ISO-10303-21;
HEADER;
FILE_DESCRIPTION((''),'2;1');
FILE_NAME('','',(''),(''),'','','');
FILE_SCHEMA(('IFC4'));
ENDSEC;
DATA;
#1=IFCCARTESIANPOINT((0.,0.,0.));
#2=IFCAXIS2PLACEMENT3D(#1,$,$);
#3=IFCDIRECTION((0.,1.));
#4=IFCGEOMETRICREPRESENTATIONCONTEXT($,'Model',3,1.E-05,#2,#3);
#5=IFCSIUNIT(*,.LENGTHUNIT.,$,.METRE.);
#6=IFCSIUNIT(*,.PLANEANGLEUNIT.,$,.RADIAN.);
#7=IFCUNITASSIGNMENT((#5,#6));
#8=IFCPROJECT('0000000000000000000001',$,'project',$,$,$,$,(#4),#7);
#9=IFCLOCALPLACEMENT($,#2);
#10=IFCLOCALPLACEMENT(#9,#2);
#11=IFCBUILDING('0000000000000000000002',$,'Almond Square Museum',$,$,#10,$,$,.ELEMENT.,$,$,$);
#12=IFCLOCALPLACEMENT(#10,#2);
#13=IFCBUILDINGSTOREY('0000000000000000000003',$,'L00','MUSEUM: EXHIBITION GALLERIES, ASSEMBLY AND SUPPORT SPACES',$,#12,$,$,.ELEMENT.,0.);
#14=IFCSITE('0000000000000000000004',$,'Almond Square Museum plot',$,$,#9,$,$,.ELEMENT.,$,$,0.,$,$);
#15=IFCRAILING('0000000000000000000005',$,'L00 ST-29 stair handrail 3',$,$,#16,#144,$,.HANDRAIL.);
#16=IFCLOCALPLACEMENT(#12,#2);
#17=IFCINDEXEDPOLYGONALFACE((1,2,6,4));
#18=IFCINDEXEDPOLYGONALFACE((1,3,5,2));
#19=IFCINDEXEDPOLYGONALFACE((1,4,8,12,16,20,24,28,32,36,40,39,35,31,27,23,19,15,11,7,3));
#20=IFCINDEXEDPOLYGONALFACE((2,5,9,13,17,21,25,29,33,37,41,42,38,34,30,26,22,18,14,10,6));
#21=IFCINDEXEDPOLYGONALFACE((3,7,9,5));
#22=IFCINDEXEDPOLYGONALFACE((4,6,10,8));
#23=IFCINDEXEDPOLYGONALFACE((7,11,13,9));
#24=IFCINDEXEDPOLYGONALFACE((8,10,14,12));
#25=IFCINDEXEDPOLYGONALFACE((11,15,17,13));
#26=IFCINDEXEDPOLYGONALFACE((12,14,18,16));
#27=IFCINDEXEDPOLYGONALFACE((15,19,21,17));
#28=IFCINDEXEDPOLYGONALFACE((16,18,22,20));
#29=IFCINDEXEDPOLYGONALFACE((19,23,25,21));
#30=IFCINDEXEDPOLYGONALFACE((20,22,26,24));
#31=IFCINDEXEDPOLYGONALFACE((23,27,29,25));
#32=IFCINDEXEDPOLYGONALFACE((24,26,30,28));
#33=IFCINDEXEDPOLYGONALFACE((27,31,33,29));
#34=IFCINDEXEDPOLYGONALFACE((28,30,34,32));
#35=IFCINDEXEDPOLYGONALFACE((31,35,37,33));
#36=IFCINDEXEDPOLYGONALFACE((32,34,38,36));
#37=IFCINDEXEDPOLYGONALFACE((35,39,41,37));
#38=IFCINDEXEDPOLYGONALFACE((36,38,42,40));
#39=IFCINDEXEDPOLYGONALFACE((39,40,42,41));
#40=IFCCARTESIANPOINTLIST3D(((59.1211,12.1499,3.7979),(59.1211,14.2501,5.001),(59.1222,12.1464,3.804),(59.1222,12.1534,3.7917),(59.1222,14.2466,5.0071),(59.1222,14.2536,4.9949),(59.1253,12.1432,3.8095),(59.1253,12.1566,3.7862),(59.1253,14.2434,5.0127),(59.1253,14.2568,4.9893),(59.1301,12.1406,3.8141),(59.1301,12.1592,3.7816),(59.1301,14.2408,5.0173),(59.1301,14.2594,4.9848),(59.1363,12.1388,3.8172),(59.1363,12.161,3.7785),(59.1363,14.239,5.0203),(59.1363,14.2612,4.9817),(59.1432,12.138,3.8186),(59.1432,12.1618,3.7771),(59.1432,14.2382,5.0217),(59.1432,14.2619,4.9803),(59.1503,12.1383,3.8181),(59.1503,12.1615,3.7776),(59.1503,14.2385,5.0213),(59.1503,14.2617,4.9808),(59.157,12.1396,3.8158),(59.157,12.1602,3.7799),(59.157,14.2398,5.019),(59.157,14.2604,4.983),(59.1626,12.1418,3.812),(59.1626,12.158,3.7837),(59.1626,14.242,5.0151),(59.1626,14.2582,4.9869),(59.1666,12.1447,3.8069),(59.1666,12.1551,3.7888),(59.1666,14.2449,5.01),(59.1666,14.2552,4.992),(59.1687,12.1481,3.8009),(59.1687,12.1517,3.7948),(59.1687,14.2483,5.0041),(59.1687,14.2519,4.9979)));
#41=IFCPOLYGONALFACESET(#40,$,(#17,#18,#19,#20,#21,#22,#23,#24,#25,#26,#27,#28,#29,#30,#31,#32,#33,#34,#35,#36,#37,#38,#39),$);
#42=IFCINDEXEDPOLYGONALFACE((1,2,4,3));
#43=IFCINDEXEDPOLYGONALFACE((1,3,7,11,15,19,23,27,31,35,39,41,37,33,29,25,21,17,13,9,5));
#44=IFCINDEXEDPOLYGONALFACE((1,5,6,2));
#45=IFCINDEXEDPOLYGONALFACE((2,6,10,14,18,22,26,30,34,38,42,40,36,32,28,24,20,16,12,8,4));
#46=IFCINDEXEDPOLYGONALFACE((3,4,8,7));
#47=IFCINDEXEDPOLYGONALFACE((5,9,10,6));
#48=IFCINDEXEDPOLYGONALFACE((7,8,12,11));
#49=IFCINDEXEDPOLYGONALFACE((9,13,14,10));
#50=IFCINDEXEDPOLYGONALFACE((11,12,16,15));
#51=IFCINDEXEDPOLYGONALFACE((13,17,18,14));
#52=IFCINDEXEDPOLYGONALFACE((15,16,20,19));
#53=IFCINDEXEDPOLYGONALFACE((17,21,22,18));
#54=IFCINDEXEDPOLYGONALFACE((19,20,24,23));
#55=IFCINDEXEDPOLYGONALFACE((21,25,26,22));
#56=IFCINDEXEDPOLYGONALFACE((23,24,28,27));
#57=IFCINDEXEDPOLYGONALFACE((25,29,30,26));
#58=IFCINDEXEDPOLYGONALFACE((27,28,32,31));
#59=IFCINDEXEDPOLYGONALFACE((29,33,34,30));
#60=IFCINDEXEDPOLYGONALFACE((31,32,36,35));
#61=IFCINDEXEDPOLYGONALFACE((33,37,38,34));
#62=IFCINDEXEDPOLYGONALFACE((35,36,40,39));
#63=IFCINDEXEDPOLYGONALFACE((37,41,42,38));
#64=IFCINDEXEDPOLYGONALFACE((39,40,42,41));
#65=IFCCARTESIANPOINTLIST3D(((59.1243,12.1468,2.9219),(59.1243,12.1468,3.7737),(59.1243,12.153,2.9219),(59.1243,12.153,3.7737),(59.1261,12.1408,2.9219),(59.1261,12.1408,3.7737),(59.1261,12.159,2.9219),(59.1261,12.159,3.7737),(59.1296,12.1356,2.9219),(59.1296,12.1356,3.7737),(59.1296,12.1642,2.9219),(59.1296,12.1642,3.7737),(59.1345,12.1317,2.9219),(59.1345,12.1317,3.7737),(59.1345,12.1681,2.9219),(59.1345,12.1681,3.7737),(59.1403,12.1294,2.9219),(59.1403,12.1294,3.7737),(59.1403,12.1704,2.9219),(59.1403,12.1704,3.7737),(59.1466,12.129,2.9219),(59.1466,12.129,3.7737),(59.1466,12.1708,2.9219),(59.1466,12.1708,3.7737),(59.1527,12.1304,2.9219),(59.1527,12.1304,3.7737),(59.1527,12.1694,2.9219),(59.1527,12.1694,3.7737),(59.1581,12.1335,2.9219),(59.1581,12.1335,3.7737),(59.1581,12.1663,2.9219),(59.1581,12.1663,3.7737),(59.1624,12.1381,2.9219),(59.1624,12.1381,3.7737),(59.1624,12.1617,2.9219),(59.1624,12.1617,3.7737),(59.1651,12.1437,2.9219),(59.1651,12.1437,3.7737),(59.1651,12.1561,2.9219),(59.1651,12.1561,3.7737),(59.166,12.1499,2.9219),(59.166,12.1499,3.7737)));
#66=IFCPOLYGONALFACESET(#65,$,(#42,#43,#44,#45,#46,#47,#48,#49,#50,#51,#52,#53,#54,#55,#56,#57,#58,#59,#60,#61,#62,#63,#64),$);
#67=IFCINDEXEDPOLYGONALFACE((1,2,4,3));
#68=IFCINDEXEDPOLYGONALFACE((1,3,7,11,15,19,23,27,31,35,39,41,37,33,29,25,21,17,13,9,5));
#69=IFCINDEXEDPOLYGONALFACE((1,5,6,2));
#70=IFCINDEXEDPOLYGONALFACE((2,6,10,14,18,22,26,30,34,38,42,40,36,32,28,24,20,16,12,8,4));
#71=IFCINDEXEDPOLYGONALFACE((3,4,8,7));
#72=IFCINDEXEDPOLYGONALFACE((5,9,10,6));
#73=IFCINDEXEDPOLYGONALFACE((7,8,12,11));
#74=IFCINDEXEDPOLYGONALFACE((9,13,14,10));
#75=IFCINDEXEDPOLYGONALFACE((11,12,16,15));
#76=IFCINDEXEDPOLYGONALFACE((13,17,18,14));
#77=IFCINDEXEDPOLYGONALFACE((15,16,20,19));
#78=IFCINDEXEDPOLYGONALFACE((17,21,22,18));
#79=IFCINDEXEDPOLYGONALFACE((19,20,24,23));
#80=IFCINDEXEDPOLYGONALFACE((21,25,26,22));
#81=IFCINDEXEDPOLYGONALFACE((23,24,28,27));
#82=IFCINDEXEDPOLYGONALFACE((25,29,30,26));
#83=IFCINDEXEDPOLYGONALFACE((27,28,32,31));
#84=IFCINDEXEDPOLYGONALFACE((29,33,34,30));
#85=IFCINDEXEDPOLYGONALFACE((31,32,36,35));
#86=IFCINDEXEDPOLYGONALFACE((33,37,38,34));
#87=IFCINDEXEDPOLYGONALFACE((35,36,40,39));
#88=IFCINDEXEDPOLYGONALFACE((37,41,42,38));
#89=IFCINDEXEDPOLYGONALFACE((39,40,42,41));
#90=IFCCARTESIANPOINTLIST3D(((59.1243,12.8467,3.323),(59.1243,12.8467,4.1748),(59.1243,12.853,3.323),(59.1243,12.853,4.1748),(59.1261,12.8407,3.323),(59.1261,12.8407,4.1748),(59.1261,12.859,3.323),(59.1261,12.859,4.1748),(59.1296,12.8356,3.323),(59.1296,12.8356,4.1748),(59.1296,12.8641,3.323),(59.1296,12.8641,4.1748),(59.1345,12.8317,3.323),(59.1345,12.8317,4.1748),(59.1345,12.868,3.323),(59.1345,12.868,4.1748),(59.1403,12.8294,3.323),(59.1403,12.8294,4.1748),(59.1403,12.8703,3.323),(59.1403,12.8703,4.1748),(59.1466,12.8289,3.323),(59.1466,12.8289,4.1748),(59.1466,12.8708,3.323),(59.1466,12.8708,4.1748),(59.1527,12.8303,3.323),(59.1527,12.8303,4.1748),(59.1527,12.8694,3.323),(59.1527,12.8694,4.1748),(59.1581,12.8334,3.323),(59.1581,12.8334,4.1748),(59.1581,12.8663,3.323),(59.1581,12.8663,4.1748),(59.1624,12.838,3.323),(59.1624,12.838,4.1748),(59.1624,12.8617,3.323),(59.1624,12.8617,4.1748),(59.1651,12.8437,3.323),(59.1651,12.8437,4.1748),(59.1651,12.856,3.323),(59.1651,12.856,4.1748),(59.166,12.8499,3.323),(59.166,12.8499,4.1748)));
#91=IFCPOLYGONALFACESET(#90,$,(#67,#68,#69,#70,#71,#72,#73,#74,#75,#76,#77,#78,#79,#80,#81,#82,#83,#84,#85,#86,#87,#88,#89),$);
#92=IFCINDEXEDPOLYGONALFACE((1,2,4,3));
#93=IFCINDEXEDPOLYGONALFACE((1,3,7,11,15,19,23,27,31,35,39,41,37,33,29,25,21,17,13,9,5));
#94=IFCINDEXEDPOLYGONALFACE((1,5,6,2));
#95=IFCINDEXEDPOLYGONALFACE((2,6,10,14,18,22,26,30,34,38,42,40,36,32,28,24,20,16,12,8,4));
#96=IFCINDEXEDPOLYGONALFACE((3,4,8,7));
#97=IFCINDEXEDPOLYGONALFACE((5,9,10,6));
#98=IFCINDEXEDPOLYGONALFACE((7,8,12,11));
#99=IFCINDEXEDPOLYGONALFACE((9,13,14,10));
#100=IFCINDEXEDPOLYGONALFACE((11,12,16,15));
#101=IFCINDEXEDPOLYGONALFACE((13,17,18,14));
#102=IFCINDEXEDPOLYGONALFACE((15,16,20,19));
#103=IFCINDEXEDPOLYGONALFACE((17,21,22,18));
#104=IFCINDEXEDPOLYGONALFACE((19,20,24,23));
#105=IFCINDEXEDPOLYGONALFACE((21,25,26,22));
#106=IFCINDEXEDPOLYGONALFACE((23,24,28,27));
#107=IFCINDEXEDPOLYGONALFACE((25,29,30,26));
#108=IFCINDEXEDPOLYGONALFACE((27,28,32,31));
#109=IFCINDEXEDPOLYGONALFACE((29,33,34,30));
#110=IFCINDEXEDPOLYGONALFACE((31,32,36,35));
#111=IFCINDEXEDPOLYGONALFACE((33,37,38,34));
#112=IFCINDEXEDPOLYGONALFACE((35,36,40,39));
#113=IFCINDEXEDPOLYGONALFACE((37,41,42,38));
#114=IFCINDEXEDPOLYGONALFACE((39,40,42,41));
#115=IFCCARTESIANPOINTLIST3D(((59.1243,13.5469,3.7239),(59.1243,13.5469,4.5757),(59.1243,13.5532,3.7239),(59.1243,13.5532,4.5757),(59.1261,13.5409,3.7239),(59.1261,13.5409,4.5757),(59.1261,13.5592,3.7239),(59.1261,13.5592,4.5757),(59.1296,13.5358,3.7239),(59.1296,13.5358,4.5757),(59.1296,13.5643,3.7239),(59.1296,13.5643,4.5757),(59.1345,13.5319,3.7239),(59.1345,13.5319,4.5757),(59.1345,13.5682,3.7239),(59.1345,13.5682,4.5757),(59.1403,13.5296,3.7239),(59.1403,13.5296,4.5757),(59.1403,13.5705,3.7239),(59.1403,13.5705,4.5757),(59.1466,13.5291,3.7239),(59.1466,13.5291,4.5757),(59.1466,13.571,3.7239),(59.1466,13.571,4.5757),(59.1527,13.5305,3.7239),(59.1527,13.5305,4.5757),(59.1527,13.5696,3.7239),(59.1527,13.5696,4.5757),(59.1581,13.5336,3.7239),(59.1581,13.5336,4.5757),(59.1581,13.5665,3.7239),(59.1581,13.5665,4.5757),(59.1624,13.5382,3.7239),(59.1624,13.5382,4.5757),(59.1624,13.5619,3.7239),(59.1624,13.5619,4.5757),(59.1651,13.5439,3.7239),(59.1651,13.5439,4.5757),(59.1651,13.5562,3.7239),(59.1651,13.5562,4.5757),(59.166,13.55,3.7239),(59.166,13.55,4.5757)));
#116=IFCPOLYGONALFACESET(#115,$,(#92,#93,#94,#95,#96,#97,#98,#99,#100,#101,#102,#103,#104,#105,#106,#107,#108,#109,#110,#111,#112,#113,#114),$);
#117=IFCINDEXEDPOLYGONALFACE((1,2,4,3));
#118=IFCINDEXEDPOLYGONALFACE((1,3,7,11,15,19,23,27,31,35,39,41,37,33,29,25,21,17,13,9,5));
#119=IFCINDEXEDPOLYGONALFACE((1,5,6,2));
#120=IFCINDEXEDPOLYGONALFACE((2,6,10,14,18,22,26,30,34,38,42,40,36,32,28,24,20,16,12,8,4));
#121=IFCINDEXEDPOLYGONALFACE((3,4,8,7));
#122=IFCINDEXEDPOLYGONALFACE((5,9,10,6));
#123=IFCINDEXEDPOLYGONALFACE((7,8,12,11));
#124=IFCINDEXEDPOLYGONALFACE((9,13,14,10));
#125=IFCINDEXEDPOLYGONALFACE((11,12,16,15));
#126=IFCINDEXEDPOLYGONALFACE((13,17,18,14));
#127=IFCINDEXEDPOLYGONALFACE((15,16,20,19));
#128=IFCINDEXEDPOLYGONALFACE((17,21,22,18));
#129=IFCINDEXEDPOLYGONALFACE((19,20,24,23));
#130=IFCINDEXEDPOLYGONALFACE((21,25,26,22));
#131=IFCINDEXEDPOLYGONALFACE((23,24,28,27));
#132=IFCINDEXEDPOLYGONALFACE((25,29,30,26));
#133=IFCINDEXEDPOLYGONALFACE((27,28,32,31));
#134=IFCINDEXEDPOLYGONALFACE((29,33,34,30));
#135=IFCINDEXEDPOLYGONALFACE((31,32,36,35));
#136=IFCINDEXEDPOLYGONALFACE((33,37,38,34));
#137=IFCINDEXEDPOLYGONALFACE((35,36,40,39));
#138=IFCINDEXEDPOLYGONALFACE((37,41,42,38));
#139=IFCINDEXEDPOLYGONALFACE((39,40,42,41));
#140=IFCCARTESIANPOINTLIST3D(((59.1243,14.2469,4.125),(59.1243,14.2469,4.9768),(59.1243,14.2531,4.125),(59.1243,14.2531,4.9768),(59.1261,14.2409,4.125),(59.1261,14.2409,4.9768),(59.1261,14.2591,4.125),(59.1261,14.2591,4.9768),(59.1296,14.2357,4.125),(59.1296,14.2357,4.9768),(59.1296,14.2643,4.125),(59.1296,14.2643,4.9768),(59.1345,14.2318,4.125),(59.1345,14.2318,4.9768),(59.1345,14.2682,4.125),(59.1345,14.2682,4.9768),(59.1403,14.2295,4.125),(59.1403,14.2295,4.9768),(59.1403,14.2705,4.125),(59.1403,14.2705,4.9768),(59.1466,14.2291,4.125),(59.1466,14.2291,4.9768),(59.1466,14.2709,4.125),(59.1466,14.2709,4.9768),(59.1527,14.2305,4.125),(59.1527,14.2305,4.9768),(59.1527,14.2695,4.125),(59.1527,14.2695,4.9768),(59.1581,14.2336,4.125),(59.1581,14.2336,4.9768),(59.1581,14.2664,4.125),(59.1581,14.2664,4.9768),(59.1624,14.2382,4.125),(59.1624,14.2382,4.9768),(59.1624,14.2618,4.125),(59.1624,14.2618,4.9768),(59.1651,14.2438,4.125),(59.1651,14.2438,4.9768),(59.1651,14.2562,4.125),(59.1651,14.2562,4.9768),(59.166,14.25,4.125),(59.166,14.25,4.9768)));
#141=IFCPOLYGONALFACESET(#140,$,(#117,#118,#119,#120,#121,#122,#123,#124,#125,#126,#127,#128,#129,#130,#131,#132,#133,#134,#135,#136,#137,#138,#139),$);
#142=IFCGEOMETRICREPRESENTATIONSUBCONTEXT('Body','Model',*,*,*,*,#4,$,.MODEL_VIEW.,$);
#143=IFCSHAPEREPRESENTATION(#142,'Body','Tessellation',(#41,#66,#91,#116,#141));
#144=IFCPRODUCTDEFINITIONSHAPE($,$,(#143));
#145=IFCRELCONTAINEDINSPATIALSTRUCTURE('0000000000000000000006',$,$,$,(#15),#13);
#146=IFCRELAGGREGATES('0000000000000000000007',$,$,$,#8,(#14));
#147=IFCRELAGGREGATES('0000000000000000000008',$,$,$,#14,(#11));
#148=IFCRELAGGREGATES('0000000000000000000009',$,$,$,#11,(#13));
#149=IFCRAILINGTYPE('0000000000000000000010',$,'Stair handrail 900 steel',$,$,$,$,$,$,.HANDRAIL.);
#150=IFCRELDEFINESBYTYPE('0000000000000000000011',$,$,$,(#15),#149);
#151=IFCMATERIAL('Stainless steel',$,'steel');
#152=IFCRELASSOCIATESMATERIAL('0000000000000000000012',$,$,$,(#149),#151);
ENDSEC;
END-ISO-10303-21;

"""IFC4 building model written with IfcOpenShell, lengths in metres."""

from ifc_helpers import new_model, si_unit, direction, frame, origin, origin_2d, place, context, subcontext, project, spatial, circle, extrude, material, type_object, element, save


model = new_model("IFC4")

# Units and contexts
model_context = context("Model", 3, precision=1e-05, world=origin(), true_north=direction((0.0, 1.0)))
body_context = subcontext(model_context, "Body", "Model", "MODEL_VIEW")
ifc_project = project(units=[si_unit("LENGTHUNIT", "METRE"), si_unit("PLANEANGLEUNIT", "RADIAN")], contexts=[model_context])

# Site, building, storey
site_placement = place(None, origin())
site = spatial("IfcSite", under=ifc_project, at=site_placement, Name="Almond Square Museum plot", CompositionType="ELEMENT", RefElevation=0.0)
building_placement = place(site_placement, origin())
building = spatial("IfcBuilding", under=site, at=building_placement, Name="Almond Square Museum", CompositionType="ELEMENT")
storey_placement = place(building_placement, origin())
storey = spatial("IfcBuildingStorey", under=building, at=storey_placement, Name="L00", Description="MUSEUM: EXHIBITION GALLERIES, ASSEMBLY AND SUPPORT SPACES", CompositionType="ELEMENT", Elevation=0.0)

# Railing
ifc_material_1 = material(Name="Stainless steel", Category="steel")
railing_type_1 = type_object("IfcRailingType", Name="Stair handrail 900 steel", PredefinedType="HANDRAIL", material=ifc_material_1)
railing_1_placement = place(storey_placement, frame((59.145, 12.1499, 2.9219)))
element("IfcRailing", 1, at=railing_1_placement, inside=storey, type_object=railing_type_1, Name="L00 ST-29 stair handrail 3", PredefinedType="HANDRAIL", context=body_context, shape_type="SweptSolid", body=[
    extrude(circle(Radius=0.0239, at=origin_2d()), frame((0.0, 0.0, 0.876), z_axis=(0.0, 0.867696, 0.497095), x_axis=(-1.0, 0.0, 0.0)), (0.0, 0.0, 1.0), 2.4204),
    extrude(circle(Radius=0.021, at=origin_2d()), origin(), (0.0, 0.0, 1.0), 0.8518),
    extrude(circle(Radius=0.021, at=origin_2d()), frame((0.0, 0.7, 0.4011)), (0.0, 0.0, 1.0), 0.8518),
    extrude(circle(Radius=0.021, at=origin_2d()), frame((0.0, 1.4001, 0.802)), (0.0, 0.0, 1.0), 0.8518),
    extrude(circle(Radius=0.021, at=origin_2d()), frame((0.0, 2.1001, 1.2031)), (0.0, 0.0, 1.0), 0.8518),
])

save(model, "model.ifc")
